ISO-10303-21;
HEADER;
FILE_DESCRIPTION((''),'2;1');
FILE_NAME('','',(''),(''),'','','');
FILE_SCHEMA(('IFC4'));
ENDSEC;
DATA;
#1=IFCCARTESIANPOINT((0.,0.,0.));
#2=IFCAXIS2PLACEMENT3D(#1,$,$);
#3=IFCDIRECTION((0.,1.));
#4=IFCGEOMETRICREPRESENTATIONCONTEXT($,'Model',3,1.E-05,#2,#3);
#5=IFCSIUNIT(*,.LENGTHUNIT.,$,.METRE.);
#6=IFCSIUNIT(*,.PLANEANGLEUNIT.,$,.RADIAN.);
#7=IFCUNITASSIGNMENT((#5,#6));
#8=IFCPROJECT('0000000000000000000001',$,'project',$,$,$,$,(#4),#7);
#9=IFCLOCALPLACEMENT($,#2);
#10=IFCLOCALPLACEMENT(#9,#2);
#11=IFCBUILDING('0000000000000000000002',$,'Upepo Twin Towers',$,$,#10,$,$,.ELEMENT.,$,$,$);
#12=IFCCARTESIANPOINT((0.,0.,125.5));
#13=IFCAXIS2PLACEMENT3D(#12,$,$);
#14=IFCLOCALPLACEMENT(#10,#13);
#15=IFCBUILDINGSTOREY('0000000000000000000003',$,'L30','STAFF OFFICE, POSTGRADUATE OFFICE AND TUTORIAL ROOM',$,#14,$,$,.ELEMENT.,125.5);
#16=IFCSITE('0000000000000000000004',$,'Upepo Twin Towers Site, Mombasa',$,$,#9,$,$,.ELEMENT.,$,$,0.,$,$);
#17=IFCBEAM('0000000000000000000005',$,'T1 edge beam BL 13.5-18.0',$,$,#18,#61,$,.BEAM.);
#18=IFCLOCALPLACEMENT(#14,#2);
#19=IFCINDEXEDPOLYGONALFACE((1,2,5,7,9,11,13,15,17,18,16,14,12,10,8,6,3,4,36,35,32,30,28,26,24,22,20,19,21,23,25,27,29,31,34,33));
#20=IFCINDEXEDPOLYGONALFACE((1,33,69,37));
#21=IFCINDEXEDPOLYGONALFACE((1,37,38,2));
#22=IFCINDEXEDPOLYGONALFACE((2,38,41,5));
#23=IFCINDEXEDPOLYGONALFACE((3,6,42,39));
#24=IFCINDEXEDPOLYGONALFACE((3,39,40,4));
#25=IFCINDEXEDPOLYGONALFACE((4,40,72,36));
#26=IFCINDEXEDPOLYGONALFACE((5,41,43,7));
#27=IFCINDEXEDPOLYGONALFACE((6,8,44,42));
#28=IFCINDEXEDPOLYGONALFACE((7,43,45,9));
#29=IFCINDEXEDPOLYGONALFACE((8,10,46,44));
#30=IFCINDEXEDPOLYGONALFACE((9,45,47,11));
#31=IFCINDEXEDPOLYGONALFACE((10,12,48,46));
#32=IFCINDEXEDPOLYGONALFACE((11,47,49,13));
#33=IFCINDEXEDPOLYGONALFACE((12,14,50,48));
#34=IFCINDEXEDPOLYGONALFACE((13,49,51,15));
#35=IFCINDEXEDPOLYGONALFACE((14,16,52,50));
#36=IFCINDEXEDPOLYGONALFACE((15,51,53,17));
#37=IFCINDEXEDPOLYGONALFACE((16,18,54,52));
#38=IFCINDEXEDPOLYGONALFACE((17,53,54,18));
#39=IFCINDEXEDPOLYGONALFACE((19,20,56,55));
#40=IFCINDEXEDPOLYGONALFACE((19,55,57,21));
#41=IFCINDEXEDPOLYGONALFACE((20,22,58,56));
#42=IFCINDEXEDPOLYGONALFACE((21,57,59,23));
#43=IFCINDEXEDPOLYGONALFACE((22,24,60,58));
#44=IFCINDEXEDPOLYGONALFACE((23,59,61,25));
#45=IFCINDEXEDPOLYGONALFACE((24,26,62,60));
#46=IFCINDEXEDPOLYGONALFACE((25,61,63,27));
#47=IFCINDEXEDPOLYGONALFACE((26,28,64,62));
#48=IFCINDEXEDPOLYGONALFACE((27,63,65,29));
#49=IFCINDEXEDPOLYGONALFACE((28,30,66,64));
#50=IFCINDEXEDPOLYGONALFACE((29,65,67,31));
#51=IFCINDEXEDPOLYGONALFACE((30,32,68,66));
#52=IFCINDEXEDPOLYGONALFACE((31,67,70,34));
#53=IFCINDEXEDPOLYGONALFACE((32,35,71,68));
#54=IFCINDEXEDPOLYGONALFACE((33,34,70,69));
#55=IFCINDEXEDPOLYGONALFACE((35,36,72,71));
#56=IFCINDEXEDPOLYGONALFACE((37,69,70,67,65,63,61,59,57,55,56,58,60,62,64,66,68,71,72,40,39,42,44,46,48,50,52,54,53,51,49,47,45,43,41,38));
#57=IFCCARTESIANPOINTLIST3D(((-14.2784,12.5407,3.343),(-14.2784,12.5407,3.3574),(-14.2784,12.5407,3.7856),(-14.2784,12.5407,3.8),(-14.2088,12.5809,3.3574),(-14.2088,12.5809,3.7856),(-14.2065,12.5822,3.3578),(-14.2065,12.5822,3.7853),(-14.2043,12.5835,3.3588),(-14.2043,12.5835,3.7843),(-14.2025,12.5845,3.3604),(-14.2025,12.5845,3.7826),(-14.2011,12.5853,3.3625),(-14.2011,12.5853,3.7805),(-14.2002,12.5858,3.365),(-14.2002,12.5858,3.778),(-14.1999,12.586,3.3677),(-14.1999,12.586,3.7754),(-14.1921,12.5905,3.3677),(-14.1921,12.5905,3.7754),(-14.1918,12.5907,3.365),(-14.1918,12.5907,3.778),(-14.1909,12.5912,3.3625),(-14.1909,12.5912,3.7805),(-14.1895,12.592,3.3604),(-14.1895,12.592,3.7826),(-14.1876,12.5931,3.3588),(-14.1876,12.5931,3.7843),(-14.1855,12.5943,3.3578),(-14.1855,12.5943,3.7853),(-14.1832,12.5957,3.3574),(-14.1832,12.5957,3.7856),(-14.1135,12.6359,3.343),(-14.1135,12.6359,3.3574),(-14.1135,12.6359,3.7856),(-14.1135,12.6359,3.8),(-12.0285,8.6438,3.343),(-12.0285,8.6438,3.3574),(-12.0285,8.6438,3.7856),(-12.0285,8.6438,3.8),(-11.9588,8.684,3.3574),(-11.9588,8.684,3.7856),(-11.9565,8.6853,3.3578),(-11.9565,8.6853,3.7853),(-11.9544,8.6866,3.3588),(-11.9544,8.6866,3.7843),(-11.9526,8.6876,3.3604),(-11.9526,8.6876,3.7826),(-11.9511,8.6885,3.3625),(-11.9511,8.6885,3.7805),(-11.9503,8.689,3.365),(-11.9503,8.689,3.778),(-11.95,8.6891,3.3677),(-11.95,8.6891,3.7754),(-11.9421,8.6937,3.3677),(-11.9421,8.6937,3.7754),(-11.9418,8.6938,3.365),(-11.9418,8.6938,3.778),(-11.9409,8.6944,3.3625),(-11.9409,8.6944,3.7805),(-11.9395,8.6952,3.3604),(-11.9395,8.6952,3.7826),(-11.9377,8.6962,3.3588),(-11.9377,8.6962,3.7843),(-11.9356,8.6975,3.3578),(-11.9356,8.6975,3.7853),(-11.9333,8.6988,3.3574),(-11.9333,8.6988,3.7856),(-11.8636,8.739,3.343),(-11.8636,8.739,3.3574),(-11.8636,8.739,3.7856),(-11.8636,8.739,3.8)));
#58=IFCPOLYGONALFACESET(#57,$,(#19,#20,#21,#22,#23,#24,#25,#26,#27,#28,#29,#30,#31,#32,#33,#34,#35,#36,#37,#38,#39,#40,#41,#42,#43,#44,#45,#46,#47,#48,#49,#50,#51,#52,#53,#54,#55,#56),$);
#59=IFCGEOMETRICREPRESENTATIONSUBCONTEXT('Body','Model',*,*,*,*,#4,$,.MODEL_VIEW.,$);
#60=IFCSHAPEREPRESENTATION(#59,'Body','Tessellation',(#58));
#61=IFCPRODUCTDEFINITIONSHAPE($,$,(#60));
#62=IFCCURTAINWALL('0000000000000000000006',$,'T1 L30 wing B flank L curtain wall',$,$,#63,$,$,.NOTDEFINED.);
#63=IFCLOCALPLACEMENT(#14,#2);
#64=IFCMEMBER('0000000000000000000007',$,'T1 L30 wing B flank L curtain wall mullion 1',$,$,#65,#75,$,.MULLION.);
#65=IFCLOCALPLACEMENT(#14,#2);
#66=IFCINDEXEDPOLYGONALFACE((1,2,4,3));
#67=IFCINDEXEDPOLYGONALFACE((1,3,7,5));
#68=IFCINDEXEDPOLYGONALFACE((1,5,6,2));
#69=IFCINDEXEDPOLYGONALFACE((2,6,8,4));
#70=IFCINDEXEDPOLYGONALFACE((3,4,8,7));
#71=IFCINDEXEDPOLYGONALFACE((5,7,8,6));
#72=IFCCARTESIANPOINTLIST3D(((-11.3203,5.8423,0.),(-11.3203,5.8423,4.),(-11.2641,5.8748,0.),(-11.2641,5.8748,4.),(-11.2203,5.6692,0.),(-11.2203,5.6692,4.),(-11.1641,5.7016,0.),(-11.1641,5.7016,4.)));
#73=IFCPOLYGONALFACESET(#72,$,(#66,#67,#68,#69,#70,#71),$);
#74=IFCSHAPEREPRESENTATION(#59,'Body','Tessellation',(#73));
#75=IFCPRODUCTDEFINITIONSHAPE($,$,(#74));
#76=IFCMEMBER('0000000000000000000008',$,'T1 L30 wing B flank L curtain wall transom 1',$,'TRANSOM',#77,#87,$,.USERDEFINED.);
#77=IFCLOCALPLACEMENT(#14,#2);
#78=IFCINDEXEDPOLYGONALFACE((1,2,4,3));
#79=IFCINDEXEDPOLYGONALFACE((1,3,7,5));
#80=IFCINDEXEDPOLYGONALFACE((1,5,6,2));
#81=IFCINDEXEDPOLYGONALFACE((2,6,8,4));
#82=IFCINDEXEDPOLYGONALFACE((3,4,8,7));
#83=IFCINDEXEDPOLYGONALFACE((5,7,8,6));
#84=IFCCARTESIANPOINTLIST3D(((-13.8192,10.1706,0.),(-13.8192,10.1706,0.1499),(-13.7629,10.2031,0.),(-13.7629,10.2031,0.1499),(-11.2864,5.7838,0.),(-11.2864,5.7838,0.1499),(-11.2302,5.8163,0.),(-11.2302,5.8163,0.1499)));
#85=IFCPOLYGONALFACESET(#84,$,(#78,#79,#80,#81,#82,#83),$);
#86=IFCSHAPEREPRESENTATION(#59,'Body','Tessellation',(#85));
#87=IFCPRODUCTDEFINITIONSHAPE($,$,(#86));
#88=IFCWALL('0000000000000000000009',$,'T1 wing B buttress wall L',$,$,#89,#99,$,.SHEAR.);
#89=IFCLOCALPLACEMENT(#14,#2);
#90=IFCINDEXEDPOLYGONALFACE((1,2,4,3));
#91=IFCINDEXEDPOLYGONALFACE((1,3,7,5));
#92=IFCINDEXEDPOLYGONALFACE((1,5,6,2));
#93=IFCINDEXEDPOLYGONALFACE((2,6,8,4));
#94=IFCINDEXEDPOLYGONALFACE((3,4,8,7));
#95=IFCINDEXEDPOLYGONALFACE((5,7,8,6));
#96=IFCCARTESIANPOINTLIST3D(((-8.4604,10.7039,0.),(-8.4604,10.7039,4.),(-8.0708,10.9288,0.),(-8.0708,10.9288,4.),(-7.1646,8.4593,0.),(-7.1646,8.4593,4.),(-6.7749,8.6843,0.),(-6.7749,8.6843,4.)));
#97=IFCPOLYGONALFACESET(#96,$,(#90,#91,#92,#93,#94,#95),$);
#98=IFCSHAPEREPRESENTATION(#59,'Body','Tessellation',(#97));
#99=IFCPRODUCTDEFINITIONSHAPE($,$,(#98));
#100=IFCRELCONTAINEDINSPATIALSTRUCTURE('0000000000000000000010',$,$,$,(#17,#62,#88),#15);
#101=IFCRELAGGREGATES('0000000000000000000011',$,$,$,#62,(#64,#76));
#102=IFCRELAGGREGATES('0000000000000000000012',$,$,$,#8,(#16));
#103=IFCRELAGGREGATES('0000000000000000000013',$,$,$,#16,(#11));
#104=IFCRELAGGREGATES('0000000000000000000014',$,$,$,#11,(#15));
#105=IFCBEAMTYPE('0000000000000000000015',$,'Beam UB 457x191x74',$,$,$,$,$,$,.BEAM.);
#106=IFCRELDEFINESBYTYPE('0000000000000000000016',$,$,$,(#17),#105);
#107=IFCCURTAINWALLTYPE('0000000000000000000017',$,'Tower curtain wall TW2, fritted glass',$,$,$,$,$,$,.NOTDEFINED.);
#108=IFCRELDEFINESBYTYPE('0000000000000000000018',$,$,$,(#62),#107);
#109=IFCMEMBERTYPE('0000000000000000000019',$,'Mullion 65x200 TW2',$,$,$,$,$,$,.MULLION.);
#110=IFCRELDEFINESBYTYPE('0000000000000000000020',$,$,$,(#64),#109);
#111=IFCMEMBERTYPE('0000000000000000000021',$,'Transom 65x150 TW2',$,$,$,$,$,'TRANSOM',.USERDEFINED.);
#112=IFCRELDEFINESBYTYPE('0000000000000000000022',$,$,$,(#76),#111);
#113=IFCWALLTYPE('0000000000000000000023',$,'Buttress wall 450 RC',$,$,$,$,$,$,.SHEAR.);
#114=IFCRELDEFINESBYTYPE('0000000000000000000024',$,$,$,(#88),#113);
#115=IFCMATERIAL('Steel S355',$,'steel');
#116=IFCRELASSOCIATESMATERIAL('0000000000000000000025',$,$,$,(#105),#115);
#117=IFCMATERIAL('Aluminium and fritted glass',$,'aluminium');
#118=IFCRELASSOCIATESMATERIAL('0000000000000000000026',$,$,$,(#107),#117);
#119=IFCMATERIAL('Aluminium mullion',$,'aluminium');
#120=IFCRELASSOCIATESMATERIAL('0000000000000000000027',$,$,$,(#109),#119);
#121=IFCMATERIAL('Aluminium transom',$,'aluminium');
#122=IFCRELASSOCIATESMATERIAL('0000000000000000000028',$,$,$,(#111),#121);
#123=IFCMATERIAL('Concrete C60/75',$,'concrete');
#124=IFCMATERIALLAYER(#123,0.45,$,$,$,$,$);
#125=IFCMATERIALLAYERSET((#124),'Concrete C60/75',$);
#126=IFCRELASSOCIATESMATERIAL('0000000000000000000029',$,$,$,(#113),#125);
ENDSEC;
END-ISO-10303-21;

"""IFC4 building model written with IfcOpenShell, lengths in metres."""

from ifc_helpers import new_model, si_unit, direction, frame, frame_2d, origin, origin_2d, place, context, subcontext, project, spatial, rectangle, i_section, extrude, material, layer, layer_set, material_profile, profile_set, type_object, element, aggregate, save


model = new_model("IFC4")

# Units and contexts
model_context = context("Model", 3, precision=1e-05, world=origin(), true_north=direction((0.0, 1.0)))
body_context = subcontext(model_context, "Body", "Model", "MODEL_VIEW")
ifc_project = project(units=[si_unit("LENGTHUNIT", "METRE"), si_unit("PLANEANGLEUNIT", "RADIAN")], contexts=[model_context])

# Site, building, storey
site_placement = place(None, origin())
site = spatial("IfcSite", under=ifc_project, at=site_placement, Name="Upepo Twin Towers Site, Mombasa", CompositionType="ELEMENT", RefElevation=0.0)
building_placement = place(site_placement, origin())
building = spatial("IfcBuilding", under=site, at=building_placement, Name="Upepo Twin Towers", CompositionType="ELEMENT")
storey_placement = place(building_placement, frame((0.0, 0.0, 125.5)))
storey = spatial("IfcBuildingStorey", under=building, at=storey_placement, Name="L30", Description="STAFF OFFICE, POSTGRADUATE OFFICE AND TUTORIAL ROOM", CompositionType="ELEMENT", Elevation=125.5)

# Beam
ifc_material_1 = material(Name="Steel S355", Category="steel")
ifc_material_profile_1 = material_profile(ifc_material_1, i_section(OverallWidth=0.1904, OverallDepth=0.457, WebThickness=0.009, FlangeThickness=0.0144, FilletRadius=0.0103, at=origin_2d()), Name="UB 457x191x74")
ifc_profile_set_1 = profile_set([ifc_material_profile_1], Name="Steel S355")
beam_type = type_object("IfcBeamType", Name="Beam UB 457x191x74", PredefinedType="BEAM", material=ifc_profile_set_1)
beam_placement = place(storey_placement, frame((-11.946, 8.6914, 3.5715), z_axis=(-0.500014, 0.866018, 0.0), x_axis=(-0.866018, -0.500014, 0.0)))
element("IfcBeam", 1, at=beam_placement, inside=storey, type_object=beam_type, Name="T1 edge beam BL 13.5-18.0", PredefinedType="BEAM", context=body_context, shape_type="SweptSolid", body=[
    extrude(i_section(OverallWidth=0.1904, OverallDepth=0.457, WebThickness=0.009, FlangeThickness=0.0144, FilletRadius=0.0103, at=origin_2d()), origin(), (0.0, 0.0, 1.0), 4.4998),
])

# Curtain wall, members
ifc_material_2 = material(Name="Aluminium and fritted glass", Category="aluminium")
curtain_wall_type = type_object("IfcCurtainWallType", Name="Tower curtain wall TW2, fritted glass", PredefinedType="NOTDEFINED", material=ifc_material_2)
curtain_wall_placement = place(storey_placement, origin())
curtain_wall = element("IfcCurtainWall", 2, at=curtain_wall_placement, inside=storey, type_object=curtain_wall_type, Name="T1 L30 wing B flank L curtain wall", PredefinedType="NOTDEFINED")
ifc_material_3 = material(Name="Aluminium mullion", Category="aluminium")
ifc_material_profile_2 = material_profile(ifc_material_3, rectangle(XDim=0.0649, YDim=0.2, at=origin_2d()), Name="MULLION 65x200")
ifc_profile_set_2 = profile_set([ifc_material_profile_2], Name="Aluminium mullion")
member_type_1 = type_object("IfcMemberType", Name="Mullion 65x200 TW2", PredefinedType="MULLION", material=ifc_profile_set_2)
member_1_placement = place(storey_placement, frame((-11.2422, 5.772, 0.0), z_axis=(0.0, 0.0, 1.0), x_axis=(-0.866025, -0.5, 0.0)))
member_1 = element("IfcMember", 3, at=member_1_placement, type_object=member_type_1, Name="T1 L30 wing B flank L curtain wall mullion 1", PredefinedType="MULLION", context=body_context, shape_type="SweptSolid", body=[
    extrude(rectangle(XDim=0.0649, YDim=0.2, at=origin_2d()), origin(), (0.0, 0.0, 1.0), 4.0),
])
ifc_material_4 = material(Name="Aluminium transom", Category="aluminium")
ifc_material_profile_3 = material_profile(ifc_material_4, rectangle(XDim=0.0649, YDim=0.1499, at=origin_2d()), Name="TRANSOM 65x150")
ifc_profile_set_3 = profile_set([ifc_material_profile_3], Name="Aluminium transom")
member_type_2 = type_object("IfcMemberType", Name="Transom 65x150 TW2", ElementType="TRANSOM", PredefinedType="USERDEFINED", material=ifc_profile_set_3)
member_2_placement = place(storey_placement, frame((-11.2583, 5.8, 0.075), z_axis=(-0.500006, 0.866022, 0.0), x_axis=(-0.866022, -0.500006, 0.0)))
member_2 = element("IfcMember", 4, at=member_2_placement, type_object=member_type_2, Name="T1 L30 wing B flank L curtain wall transom 1", ObjectType="TRANSOM", PredefinedType="USERDEFINED", context=body_context, shape_type="SweptSolid", body=[
    extrude(rectangle(XDim=0.0649, YDim=0.1499, at=origin_2d()), origin(), (0.0, 0.0, 1.0), 5.0654),
])
aggregate(curtain_wall, [member_1, member_2])

# Wall
ifc_material_5 = material(Name="Concrete C60/75", Category="concrete")
ifc_layer_1 = layer(ifc_material_5, 0.45)
ifc_layer_set_1 = layer_set([ifc_layer_1], Name="Concrete C60/75")
wall_type_1 = type_object("IfcWallType", Name="Buttress wall 450 RC", PredefinedType="SHEAR", material=ifc_layer_set_1)
wall_1_placement = place(storey_placement, frame((-6.9697, 8.5718, 0.0), z_axis=(0.0, 0.0, 1.0), x_axis=(-0.499989, 0.866032, 0.0)))
element("IfcWall", 5, at=wall_1_placement, inside=storey, type_object=wall_type_1, Name="T1 wing B buttress wall L", PredefinedType="SHEAR", context=body_context, shape_type="SweptSolid", body=[
    extrude(rectangle(XDim=2.5918, YDim=0.45, at=frame_2d((1.2959, 0.0))), origin(), (0.0, 0.0, 1.0), 4.0),
])

save(model, "model.ifc")
